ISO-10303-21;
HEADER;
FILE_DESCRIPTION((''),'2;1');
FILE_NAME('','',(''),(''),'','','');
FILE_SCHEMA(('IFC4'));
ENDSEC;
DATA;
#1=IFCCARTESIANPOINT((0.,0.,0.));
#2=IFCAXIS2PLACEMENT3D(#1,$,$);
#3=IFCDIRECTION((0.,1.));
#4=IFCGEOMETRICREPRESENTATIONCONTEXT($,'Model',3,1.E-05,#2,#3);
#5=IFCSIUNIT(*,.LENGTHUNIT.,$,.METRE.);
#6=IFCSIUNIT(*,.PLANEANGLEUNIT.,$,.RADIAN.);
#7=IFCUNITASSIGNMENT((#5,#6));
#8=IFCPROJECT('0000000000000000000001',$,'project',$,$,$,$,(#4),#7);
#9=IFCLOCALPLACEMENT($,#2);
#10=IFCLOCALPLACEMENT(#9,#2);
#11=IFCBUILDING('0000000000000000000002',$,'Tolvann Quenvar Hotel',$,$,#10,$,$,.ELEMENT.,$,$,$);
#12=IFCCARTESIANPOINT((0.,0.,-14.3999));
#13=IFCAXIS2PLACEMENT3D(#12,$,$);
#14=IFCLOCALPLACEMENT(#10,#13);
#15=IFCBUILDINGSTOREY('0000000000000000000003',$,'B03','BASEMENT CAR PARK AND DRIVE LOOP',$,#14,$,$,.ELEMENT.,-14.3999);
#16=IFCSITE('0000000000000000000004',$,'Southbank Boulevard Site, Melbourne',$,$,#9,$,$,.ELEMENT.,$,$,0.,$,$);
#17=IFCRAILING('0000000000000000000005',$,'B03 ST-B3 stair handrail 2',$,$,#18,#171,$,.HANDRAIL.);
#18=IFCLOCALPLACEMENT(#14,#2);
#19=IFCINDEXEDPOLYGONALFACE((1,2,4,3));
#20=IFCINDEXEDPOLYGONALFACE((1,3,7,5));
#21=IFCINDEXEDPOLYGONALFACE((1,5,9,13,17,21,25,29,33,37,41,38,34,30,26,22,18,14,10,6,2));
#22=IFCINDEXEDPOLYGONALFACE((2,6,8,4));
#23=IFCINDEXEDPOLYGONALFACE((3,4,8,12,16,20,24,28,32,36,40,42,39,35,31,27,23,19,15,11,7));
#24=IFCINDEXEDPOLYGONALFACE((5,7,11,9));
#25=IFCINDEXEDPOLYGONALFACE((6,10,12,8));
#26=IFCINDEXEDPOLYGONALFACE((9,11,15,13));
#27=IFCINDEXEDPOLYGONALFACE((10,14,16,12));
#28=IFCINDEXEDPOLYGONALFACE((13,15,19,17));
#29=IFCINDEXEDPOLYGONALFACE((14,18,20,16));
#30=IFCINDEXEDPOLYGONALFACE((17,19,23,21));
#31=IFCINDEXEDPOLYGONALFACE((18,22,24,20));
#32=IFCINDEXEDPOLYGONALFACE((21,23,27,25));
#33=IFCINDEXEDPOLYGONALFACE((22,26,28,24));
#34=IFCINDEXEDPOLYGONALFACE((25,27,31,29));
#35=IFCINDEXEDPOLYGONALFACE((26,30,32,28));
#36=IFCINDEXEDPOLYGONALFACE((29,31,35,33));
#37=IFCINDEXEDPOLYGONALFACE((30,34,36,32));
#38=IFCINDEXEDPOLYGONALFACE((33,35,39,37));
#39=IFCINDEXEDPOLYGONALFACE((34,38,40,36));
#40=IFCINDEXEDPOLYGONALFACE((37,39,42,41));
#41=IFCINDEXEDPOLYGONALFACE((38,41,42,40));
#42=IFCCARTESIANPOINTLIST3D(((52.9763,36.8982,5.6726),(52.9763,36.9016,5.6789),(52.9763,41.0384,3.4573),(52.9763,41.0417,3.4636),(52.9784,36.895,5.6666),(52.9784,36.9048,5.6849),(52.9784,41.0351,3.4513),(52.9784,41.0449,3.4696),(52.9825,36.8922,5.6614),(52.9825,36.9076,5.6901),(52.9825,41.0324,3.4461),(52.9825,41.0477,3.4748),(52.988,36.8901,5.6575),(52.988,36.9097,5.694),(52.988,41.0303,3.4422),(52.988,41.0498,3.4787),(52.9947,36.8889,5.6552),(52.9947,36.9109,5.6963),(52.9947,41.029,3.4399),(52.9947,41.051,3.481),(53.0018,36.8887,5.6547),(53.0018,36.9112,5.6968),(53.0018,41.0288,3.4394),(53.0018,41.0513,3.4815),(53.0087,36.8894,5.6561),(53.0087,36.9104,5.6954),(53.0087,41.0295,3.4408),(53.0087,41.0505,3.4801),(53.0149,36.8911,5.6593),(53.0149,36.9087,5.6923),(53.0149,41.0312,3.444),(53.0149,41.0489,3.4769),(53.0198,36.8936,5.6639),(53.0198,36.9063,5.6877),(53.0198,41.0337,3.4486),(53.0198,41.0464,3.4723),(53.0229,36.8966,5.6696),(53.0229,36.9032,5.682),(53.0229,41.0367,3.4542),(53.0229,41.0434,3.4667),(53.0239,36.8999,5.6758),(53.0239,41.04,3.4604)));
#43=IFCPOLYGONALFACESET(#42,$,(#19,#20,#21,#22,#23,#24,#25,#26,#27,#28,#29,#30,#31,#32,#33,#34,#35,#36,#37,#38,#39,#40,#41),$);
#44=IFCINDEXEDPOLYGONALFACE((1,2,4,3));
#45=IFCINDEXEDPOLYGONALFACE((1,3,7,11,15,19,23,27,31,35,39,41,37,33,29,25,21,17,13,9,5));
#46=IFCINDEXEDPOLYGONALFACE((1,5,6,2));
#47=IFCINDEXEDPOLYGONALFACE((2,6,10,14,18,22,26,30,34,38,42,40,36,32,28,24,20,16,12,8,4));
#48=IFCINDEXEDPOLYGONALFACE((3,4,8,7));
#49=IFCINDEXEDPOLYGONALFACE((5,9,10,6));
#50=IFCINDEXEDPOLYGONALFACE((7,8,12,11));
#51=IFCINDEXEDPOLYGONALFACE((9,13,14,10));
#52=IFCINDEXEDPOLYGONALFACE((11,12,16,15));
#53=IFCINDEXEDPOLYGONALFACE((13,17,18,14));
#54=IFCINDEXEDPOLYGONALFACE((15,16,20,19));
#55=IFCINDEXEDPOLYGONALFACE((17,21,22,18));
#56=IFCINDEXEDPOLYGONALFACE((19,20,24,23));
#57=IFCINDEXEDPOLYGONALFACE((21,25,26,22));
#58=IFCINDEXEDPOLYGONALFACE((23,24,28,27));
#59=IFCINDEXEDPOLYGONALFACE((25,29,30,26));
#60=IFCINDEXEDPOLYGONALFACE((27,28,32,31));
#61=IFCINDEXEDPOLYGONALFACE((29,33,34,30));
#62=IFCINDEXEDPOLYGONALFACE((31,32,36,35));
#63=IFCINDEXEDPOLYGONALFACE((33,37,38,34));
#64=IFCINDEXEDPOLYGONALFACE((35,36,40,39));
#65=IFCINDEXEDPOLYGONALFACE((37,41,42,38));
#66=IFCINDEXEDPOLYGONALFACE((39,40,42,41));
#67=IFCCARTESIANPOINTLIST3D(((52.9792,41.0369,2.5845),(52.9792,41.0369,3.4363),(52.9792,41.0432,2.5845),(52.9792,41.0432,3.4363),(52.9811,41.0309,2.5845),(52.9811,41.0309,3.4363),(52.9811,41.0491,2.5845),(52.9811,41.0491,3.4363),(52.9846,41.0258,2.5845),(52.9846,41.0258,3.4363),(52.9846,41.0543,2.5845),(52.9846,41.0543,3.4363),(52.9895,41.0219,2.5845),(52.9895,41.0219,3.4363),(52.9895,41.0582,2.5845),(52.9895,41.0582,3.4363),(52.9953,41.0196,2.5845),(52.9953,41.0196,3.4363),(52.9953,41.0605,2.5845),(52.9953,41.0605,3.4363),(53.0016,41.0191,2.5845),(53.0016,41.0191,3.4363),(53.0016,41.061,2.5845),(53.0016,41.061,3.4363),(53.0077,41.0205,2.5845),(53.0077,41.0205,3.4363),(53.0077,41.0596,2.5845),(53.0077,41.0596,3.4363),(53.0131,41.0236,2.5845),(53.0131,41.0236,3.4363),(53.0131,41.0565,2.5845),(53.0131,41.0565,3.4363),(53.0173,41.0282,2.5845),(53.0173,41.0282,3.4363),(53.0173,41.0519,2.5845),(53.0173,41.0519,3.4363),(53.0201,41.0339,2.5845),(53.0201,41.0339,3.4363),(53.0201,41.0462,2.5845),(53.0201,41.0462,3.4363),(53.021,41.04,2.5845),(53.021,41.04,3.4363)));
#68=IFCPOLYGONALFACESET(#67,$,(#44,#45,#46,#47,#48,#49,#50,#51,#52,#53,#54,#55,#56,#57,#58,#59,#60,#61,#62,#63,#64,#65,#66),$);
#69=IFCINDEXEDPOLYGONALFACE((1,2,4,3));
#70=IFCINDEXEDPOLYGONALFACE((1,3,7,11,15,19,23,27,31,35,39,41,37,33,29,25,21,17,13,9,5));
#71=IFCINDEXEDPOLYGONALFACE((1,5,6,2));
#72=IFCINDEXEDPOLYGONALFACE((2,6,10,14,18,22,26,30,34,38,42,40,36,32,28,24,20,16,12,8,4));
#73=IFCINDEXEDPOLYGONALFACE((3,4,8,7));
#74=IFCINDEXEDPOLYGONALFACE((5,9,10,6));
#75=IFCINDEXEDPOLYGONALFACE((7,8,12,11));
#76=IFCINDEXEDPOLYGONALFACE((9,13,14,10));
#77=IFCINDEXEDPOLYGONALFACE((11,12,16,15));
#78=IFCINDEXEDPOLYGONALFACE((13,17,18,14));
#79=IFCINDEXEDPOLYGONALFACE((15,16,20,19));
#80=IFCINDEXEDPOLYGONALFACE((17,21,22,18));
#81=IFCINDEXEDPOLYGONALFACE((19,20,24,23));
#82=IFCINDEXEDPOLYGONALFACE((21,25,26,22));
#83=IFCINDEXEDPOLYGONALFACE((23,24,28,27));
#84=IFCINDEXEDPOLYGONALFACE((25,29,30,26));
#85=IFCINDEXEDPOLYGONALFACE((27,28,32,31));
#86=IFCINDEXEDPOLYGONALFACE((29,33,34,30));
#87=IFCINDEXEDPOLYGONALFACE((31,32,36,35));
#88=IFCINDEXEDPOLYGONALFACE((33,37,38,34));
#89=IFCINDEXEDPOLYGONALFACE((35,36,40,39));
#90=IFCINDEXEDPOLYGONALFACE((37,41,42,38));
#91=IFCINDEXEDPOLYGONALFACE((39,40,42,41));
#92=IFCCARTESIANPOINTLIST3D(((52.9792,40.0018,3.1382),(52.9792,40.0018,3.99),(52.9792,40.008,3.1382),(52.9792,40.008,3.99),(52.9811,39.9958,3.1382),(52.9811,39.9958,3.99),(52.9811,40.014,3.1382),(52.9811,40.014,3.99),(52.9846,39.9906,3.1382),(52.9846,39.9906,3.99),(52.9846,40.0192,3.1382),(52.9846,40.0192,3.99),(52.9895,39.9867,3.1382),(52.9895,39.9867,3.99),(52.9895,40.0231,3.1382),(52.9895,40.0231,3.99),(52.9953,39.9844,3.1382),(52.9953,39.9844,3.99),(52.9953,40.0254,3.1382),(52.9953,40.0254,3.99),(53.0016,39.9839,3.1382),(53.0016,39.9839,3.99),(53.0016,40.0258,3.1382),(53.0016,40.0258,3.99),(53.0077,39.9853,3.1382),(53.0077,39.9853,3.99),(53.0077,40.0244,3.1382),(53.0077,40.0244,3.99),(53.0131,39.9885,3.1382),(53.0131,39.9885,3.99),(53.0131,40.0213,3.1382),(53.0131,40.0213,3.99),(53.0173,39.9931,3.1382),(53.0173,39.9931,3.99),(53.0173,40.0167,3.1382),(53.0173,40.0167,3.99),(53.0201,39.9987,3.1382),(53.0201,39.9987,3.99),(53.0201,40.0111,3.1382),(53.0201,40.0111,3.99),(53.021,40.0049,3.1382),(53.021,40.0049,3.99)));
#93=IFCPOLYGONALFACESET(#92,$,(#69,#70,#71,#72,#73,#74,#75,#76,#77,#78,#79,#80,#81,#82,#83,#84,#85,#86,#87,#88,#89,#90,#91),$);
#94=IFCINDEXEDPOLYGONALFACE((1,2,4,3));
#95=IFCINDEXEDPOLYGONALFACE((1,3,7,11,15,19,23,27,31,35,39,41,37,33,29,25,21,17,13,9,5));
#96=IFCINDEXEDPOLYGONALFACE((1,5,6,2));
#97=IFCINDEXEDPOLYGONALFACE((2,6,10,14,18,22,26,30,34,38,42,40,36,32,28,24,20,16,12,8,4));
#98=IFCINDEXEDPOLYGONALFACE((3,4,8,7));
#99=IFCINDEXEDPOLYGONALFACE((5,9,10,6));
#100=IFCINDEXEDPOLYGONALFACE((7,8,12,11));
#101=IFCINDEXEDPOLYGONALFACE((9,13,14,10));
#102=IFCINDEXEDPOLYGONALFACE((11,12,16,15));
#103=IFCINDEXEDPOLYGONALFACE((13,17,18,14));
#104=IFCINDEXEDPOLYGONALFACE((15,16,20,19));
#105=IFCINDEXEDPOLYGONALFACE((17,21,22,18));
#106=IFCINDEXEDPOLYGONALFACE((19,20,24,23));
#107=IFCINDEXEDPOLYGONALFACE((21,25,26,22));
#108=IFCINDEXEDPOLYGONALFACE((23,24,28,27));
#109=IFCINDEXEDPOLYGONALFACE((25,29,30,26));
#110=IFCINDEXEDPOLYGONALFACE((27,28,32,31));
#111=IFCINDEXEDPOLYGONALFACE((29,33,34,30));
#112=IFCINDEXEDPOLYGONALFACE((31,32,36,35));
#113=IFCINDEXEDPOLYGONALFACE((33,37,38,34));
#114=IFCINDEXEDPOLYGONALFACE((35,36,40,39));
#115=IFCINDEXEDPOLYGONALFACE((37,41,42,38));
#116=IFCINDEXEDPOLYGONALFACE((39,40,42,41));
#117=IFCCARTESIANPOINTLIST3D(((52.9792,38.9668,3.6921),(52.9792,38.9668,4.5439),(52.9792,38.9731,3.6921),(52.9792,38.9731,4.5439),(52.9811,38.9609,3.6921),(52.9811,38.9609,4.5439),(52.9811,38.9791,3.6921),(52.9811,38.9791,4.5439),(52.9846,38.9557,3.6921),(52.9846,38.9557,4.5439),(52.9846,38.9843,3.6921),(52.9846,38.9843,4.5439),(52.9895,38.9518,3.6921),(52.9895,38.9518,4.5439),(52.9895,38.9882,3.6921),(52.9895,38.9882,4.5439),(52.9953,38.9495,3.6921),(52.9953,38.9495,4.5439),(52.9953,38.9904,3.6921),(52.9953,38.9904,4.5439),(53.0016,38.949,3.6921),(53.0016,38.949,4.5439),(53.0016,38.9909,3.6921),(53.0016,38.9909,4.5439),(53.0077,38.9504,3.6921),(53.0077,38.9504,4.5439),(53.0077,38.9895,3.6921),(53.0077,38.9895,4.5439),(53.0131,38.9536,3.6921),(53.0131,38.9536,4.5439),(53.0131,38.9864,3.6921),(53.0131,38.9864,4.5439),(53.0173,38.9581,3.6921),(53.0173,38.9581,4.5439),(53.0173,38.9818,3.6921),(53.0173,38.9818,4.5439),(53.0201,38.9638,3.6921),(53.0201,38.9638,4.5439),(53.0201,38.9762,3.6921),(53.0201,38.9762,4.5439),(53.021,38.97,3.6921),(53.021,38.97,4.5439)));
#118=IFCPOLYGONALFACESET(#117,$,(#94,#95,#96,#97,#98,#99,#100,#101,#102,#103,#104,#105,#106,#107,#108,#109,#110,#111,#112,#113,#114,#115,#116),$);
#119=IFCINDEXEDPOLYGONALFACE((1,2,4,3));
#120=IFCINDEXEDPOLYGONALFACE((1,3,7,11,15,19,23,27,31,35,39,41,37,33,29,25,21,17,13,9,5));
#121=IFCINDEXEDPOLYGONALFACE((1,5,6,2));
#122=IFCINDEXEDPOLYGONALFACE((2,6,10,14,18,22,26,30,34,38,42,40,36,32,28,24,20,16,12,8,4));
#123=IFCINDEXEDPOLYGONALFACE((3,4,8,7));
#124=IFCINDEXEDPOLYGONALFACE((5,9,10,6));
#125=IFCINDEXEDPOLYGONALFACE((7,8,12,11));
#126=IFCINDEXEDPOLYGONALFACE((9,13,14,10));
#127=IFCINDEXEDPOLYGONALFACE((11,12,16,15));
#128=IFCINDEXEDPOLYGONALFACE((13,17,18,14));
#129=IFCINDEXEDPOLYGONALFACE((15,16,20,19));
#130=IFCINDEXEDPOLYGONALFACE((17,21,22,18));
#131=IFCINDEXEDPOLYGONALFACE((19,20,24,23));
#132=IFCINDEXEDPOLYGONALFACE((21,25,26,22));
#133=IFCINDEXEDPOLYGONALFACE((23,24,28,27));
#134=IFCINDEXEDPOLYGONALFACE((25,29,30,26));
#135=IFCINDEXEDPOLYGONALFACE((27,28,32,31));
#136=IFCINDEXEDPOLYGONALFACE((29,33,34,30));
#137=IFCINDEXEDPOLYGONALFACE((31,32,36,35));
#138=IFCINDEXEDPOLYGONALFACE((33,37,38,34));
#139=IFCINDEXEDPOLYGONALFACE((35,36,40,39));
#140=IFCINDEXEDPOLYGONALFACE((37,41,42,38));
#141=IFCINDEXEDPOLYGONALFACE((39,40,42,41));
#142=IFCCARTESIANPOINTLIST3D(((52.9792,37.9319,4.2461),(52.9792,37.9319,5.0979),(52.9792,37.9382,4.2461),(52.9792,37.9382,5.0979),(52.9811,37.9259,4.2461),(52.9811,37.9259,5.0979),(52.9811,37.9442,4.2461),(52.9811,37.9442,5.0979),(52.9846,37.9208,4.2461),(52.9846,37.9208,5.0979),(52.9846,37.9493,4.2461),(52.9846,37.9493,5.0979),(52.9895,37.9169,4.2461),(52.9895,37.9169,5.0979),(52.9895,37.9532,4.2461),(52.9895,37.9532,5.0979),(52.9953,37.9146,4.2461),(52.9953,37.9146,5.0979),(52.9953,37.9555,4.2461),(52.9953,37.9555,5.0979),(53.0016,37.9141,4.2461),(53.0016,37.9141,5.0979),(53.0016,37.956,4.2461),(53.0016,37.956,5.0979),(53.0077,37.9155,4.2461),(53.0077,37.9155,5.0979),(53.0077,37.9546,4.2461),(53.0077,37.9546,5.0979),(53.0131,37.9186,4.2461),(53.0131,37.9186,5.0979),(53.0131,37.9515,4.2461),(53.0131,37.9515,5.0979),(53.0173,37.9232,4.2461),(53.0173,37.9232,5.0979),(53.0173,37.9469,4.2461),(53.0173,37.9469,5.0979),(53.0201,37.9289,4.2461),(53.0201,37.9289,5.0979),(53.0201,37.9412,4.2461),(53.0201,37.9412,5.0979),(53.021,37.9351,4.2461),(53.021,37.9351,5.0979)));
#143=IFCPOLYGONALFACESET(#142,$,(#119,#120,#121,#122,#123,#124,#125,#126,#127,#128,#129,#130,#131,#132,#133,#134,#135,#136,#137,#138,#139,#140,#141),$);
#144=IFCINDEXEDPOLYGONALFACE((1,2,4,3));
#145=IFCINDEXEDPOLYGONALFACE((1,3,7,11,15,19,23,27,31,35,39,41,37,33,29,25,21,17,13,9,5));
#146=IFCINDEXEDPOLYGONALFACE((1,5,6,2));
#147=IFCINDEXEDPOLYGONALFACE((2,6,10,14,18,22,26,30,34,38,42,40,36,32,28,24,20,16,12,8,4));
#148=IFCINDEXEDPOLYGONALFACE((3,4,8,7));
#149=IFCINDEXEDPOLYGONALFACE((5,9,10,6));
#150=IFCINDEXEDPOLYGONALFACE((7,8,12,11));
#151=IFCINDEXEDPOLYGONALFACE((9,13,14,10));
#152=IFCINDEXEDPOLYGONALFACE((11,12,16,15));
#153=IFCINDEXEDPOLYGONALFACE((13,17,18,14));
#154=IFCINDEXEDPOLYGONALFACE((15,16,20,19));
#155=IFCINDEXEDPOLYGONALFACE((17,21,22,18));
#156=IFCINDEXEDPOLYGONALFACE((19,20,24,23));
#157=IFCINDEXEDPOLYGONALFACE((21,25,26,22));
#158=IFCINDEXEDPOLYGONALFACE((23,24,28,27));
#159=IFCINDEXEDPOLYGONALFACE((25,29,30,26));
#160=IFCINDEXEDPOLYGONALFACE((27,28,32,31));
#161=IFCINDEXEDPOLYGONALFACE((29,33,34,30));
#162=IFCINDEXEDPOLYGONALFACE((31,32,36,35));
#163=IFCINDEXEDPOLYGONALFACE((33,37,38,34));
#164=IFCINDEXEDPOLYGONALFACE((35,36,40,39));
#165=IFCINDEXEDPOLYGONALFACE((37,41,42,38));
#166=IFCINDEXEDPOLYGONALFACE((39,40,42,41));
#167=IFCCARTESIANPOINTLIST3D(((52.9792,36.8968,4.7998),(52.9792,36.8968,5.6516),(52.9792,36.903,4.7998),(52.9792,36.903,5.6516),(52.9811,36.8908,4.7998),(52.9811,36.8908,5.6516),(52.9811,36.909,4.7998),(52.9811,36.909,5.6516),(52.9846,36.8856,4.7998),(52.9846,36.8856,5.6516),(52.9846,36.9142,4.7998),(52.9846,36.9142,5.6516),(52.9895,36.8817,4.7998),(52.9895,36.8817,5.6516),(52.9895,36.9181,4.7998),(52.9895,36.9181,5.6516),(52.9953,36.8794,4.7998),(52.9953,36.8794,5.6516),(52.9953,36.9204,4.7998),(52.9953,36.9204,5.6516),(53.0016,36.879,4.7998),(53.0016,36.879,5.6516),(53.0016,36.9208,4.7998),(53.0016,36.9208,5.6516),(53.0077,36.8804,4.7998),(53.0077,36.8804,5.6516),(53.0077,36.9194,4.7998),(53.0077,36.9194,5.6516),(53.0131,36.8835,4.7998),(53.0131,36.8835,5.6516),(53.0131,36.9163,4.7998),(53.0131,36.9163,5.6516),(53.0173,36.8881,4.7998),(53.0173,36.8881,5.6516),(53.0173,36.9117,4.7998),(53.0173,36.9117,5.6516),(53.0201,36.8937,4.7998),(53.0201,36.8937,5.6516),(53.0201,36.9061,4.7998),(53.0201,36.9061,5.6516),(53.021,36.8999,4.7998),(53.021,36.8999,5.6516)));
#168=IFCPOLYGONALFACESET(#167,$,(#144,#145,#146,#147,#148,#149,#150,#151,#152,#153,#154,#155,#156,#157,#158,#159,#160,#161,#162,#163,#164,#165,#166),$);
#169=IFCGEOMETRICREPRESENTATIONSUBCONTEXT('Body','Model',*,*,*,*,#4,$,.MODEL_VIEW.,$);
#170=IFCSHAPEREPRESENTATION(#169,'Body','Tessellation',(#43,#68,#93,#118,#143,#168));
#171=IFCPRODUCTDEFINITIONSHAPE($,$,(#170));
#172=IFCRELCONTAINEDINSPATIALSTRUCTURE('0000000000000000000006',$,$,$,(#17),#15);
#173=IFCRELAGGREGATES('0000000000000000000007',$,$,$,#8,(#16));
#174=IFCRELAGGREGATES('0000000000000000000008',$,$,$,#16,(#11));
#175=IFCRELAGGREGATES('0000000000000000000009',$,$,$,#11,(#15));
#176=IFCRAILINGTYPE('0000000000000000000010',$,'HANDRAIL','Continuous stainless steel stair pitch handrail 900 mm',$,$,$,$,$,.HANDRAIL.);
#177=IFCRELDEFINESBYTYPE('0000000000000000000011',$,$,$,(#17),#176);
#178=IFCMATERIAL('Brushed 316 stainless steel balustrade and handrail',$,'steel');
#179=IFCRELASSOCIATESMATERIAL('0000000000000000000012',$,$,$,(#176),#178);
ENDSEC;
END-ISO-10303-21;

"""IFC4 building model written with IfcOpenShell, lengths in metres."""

from ifc_helpers import new_model, si_unit, direction, frame, origin, origin_2d, place, context, subcontext, project, spatial, circle, extrude, material, type_object, element, save


model = new_model("IFC4")

# Units and contexts
model_context = context("Model", 3, precision=1e-05, world=origin(), true_north=direction((0.0, 1.0)))
body_context = subcontext(model_context, "Body", "Model", "MODEL_VIEW")
ifc_project = project(units=[si_unit("LENGTHUNIT", "METRE"), si_unit("PLANEANGLEUNIT", "RADIAN")], contexts=[model_context])

# Site, building, storey
site_placement = place(None, origin())
site = spatial("IfcSite", under=ifc_project, at=site_placement, Name="Southbank Boulevard Site, Melbourne", CompositionType="ELEMENT", RefElevation=0.0)
building_placement = place(site_placement, origin())
building = spatial("IfcBuilding", under=site, at=building_placement, Name="Tolvann Quenvar Hotel", CompositionType="ELEMENT")
storey_placement = place(building_placement, frame((0.0, 0.0, -14.3999)))
storey = spatial("IfcBuildingStorey", under=building, at=storey_placement, Name="B03", Description="BASEMENT CAR PARK AND DRIVE LOOP", CompositionType="ELEMENT", Elevation=-14.3999)

# Railing
ifc_material_1 = material(Name="Brushed 316 stainless steel balustrade and handrail", Category="steel")
railing_type_1 = type_object("IfcRailingType", Name="HANDRAIL", Description="Continuous stainless steel stair pitch handrail 900 mm", PredefinedType="HANDRAIL", material=ifc_material_1)
railing_1_placement = place(storey_placement, frame((53.0, 41.04, 2.5845)))
element("IfcRailing", 1, at=railing_1_placement, inside=storey, type_object=railing_type_1, Name="B03 ST-B3 stair handrail 2", PredefinedType="HANDRAIL", context=body_context, shape_type="SweptSolid", body=[
    extrude(circle(Radius=0.0239, at=origin_2d()), frame((0.0, 0.0, 0.876), z_axis=(0.0, -0.88171, 0.471791), x_axis=(1.0, 0.0, 0.0)), (0.0, 0.0, 1.0), 4.6956),
    extrude(circle(Radius=0.021, at=origin_2d()), origin(), (0.0, 0.0, 1.0), 0.8518),
    extrude(circle(Radius=0.021, at=origin_2d()), frame((0.0, -1.0352, 0.5537)), (0.0, 0.0, 1.0), 0.8518),
    extrude(circle(Radius=0.021, at=origin_2d()), frame((0.0, -2.0701, 1.1077)), (0.0, 0.0, 1.0), 0.8518),
    extrude(circle(Radius=0.021, at=origin_2d()), frame((0.0, -3.105, 1.6616)), (0.0, 0.0, 1.0), 0.8518),
    extrude(circle(Radius=0.021, at=origin_2d()), frame((0.0, -4.1401, 2.2153)), (0.0, 0.0, 1.0), 0.8518),
])

save(model, "model.ifc")
